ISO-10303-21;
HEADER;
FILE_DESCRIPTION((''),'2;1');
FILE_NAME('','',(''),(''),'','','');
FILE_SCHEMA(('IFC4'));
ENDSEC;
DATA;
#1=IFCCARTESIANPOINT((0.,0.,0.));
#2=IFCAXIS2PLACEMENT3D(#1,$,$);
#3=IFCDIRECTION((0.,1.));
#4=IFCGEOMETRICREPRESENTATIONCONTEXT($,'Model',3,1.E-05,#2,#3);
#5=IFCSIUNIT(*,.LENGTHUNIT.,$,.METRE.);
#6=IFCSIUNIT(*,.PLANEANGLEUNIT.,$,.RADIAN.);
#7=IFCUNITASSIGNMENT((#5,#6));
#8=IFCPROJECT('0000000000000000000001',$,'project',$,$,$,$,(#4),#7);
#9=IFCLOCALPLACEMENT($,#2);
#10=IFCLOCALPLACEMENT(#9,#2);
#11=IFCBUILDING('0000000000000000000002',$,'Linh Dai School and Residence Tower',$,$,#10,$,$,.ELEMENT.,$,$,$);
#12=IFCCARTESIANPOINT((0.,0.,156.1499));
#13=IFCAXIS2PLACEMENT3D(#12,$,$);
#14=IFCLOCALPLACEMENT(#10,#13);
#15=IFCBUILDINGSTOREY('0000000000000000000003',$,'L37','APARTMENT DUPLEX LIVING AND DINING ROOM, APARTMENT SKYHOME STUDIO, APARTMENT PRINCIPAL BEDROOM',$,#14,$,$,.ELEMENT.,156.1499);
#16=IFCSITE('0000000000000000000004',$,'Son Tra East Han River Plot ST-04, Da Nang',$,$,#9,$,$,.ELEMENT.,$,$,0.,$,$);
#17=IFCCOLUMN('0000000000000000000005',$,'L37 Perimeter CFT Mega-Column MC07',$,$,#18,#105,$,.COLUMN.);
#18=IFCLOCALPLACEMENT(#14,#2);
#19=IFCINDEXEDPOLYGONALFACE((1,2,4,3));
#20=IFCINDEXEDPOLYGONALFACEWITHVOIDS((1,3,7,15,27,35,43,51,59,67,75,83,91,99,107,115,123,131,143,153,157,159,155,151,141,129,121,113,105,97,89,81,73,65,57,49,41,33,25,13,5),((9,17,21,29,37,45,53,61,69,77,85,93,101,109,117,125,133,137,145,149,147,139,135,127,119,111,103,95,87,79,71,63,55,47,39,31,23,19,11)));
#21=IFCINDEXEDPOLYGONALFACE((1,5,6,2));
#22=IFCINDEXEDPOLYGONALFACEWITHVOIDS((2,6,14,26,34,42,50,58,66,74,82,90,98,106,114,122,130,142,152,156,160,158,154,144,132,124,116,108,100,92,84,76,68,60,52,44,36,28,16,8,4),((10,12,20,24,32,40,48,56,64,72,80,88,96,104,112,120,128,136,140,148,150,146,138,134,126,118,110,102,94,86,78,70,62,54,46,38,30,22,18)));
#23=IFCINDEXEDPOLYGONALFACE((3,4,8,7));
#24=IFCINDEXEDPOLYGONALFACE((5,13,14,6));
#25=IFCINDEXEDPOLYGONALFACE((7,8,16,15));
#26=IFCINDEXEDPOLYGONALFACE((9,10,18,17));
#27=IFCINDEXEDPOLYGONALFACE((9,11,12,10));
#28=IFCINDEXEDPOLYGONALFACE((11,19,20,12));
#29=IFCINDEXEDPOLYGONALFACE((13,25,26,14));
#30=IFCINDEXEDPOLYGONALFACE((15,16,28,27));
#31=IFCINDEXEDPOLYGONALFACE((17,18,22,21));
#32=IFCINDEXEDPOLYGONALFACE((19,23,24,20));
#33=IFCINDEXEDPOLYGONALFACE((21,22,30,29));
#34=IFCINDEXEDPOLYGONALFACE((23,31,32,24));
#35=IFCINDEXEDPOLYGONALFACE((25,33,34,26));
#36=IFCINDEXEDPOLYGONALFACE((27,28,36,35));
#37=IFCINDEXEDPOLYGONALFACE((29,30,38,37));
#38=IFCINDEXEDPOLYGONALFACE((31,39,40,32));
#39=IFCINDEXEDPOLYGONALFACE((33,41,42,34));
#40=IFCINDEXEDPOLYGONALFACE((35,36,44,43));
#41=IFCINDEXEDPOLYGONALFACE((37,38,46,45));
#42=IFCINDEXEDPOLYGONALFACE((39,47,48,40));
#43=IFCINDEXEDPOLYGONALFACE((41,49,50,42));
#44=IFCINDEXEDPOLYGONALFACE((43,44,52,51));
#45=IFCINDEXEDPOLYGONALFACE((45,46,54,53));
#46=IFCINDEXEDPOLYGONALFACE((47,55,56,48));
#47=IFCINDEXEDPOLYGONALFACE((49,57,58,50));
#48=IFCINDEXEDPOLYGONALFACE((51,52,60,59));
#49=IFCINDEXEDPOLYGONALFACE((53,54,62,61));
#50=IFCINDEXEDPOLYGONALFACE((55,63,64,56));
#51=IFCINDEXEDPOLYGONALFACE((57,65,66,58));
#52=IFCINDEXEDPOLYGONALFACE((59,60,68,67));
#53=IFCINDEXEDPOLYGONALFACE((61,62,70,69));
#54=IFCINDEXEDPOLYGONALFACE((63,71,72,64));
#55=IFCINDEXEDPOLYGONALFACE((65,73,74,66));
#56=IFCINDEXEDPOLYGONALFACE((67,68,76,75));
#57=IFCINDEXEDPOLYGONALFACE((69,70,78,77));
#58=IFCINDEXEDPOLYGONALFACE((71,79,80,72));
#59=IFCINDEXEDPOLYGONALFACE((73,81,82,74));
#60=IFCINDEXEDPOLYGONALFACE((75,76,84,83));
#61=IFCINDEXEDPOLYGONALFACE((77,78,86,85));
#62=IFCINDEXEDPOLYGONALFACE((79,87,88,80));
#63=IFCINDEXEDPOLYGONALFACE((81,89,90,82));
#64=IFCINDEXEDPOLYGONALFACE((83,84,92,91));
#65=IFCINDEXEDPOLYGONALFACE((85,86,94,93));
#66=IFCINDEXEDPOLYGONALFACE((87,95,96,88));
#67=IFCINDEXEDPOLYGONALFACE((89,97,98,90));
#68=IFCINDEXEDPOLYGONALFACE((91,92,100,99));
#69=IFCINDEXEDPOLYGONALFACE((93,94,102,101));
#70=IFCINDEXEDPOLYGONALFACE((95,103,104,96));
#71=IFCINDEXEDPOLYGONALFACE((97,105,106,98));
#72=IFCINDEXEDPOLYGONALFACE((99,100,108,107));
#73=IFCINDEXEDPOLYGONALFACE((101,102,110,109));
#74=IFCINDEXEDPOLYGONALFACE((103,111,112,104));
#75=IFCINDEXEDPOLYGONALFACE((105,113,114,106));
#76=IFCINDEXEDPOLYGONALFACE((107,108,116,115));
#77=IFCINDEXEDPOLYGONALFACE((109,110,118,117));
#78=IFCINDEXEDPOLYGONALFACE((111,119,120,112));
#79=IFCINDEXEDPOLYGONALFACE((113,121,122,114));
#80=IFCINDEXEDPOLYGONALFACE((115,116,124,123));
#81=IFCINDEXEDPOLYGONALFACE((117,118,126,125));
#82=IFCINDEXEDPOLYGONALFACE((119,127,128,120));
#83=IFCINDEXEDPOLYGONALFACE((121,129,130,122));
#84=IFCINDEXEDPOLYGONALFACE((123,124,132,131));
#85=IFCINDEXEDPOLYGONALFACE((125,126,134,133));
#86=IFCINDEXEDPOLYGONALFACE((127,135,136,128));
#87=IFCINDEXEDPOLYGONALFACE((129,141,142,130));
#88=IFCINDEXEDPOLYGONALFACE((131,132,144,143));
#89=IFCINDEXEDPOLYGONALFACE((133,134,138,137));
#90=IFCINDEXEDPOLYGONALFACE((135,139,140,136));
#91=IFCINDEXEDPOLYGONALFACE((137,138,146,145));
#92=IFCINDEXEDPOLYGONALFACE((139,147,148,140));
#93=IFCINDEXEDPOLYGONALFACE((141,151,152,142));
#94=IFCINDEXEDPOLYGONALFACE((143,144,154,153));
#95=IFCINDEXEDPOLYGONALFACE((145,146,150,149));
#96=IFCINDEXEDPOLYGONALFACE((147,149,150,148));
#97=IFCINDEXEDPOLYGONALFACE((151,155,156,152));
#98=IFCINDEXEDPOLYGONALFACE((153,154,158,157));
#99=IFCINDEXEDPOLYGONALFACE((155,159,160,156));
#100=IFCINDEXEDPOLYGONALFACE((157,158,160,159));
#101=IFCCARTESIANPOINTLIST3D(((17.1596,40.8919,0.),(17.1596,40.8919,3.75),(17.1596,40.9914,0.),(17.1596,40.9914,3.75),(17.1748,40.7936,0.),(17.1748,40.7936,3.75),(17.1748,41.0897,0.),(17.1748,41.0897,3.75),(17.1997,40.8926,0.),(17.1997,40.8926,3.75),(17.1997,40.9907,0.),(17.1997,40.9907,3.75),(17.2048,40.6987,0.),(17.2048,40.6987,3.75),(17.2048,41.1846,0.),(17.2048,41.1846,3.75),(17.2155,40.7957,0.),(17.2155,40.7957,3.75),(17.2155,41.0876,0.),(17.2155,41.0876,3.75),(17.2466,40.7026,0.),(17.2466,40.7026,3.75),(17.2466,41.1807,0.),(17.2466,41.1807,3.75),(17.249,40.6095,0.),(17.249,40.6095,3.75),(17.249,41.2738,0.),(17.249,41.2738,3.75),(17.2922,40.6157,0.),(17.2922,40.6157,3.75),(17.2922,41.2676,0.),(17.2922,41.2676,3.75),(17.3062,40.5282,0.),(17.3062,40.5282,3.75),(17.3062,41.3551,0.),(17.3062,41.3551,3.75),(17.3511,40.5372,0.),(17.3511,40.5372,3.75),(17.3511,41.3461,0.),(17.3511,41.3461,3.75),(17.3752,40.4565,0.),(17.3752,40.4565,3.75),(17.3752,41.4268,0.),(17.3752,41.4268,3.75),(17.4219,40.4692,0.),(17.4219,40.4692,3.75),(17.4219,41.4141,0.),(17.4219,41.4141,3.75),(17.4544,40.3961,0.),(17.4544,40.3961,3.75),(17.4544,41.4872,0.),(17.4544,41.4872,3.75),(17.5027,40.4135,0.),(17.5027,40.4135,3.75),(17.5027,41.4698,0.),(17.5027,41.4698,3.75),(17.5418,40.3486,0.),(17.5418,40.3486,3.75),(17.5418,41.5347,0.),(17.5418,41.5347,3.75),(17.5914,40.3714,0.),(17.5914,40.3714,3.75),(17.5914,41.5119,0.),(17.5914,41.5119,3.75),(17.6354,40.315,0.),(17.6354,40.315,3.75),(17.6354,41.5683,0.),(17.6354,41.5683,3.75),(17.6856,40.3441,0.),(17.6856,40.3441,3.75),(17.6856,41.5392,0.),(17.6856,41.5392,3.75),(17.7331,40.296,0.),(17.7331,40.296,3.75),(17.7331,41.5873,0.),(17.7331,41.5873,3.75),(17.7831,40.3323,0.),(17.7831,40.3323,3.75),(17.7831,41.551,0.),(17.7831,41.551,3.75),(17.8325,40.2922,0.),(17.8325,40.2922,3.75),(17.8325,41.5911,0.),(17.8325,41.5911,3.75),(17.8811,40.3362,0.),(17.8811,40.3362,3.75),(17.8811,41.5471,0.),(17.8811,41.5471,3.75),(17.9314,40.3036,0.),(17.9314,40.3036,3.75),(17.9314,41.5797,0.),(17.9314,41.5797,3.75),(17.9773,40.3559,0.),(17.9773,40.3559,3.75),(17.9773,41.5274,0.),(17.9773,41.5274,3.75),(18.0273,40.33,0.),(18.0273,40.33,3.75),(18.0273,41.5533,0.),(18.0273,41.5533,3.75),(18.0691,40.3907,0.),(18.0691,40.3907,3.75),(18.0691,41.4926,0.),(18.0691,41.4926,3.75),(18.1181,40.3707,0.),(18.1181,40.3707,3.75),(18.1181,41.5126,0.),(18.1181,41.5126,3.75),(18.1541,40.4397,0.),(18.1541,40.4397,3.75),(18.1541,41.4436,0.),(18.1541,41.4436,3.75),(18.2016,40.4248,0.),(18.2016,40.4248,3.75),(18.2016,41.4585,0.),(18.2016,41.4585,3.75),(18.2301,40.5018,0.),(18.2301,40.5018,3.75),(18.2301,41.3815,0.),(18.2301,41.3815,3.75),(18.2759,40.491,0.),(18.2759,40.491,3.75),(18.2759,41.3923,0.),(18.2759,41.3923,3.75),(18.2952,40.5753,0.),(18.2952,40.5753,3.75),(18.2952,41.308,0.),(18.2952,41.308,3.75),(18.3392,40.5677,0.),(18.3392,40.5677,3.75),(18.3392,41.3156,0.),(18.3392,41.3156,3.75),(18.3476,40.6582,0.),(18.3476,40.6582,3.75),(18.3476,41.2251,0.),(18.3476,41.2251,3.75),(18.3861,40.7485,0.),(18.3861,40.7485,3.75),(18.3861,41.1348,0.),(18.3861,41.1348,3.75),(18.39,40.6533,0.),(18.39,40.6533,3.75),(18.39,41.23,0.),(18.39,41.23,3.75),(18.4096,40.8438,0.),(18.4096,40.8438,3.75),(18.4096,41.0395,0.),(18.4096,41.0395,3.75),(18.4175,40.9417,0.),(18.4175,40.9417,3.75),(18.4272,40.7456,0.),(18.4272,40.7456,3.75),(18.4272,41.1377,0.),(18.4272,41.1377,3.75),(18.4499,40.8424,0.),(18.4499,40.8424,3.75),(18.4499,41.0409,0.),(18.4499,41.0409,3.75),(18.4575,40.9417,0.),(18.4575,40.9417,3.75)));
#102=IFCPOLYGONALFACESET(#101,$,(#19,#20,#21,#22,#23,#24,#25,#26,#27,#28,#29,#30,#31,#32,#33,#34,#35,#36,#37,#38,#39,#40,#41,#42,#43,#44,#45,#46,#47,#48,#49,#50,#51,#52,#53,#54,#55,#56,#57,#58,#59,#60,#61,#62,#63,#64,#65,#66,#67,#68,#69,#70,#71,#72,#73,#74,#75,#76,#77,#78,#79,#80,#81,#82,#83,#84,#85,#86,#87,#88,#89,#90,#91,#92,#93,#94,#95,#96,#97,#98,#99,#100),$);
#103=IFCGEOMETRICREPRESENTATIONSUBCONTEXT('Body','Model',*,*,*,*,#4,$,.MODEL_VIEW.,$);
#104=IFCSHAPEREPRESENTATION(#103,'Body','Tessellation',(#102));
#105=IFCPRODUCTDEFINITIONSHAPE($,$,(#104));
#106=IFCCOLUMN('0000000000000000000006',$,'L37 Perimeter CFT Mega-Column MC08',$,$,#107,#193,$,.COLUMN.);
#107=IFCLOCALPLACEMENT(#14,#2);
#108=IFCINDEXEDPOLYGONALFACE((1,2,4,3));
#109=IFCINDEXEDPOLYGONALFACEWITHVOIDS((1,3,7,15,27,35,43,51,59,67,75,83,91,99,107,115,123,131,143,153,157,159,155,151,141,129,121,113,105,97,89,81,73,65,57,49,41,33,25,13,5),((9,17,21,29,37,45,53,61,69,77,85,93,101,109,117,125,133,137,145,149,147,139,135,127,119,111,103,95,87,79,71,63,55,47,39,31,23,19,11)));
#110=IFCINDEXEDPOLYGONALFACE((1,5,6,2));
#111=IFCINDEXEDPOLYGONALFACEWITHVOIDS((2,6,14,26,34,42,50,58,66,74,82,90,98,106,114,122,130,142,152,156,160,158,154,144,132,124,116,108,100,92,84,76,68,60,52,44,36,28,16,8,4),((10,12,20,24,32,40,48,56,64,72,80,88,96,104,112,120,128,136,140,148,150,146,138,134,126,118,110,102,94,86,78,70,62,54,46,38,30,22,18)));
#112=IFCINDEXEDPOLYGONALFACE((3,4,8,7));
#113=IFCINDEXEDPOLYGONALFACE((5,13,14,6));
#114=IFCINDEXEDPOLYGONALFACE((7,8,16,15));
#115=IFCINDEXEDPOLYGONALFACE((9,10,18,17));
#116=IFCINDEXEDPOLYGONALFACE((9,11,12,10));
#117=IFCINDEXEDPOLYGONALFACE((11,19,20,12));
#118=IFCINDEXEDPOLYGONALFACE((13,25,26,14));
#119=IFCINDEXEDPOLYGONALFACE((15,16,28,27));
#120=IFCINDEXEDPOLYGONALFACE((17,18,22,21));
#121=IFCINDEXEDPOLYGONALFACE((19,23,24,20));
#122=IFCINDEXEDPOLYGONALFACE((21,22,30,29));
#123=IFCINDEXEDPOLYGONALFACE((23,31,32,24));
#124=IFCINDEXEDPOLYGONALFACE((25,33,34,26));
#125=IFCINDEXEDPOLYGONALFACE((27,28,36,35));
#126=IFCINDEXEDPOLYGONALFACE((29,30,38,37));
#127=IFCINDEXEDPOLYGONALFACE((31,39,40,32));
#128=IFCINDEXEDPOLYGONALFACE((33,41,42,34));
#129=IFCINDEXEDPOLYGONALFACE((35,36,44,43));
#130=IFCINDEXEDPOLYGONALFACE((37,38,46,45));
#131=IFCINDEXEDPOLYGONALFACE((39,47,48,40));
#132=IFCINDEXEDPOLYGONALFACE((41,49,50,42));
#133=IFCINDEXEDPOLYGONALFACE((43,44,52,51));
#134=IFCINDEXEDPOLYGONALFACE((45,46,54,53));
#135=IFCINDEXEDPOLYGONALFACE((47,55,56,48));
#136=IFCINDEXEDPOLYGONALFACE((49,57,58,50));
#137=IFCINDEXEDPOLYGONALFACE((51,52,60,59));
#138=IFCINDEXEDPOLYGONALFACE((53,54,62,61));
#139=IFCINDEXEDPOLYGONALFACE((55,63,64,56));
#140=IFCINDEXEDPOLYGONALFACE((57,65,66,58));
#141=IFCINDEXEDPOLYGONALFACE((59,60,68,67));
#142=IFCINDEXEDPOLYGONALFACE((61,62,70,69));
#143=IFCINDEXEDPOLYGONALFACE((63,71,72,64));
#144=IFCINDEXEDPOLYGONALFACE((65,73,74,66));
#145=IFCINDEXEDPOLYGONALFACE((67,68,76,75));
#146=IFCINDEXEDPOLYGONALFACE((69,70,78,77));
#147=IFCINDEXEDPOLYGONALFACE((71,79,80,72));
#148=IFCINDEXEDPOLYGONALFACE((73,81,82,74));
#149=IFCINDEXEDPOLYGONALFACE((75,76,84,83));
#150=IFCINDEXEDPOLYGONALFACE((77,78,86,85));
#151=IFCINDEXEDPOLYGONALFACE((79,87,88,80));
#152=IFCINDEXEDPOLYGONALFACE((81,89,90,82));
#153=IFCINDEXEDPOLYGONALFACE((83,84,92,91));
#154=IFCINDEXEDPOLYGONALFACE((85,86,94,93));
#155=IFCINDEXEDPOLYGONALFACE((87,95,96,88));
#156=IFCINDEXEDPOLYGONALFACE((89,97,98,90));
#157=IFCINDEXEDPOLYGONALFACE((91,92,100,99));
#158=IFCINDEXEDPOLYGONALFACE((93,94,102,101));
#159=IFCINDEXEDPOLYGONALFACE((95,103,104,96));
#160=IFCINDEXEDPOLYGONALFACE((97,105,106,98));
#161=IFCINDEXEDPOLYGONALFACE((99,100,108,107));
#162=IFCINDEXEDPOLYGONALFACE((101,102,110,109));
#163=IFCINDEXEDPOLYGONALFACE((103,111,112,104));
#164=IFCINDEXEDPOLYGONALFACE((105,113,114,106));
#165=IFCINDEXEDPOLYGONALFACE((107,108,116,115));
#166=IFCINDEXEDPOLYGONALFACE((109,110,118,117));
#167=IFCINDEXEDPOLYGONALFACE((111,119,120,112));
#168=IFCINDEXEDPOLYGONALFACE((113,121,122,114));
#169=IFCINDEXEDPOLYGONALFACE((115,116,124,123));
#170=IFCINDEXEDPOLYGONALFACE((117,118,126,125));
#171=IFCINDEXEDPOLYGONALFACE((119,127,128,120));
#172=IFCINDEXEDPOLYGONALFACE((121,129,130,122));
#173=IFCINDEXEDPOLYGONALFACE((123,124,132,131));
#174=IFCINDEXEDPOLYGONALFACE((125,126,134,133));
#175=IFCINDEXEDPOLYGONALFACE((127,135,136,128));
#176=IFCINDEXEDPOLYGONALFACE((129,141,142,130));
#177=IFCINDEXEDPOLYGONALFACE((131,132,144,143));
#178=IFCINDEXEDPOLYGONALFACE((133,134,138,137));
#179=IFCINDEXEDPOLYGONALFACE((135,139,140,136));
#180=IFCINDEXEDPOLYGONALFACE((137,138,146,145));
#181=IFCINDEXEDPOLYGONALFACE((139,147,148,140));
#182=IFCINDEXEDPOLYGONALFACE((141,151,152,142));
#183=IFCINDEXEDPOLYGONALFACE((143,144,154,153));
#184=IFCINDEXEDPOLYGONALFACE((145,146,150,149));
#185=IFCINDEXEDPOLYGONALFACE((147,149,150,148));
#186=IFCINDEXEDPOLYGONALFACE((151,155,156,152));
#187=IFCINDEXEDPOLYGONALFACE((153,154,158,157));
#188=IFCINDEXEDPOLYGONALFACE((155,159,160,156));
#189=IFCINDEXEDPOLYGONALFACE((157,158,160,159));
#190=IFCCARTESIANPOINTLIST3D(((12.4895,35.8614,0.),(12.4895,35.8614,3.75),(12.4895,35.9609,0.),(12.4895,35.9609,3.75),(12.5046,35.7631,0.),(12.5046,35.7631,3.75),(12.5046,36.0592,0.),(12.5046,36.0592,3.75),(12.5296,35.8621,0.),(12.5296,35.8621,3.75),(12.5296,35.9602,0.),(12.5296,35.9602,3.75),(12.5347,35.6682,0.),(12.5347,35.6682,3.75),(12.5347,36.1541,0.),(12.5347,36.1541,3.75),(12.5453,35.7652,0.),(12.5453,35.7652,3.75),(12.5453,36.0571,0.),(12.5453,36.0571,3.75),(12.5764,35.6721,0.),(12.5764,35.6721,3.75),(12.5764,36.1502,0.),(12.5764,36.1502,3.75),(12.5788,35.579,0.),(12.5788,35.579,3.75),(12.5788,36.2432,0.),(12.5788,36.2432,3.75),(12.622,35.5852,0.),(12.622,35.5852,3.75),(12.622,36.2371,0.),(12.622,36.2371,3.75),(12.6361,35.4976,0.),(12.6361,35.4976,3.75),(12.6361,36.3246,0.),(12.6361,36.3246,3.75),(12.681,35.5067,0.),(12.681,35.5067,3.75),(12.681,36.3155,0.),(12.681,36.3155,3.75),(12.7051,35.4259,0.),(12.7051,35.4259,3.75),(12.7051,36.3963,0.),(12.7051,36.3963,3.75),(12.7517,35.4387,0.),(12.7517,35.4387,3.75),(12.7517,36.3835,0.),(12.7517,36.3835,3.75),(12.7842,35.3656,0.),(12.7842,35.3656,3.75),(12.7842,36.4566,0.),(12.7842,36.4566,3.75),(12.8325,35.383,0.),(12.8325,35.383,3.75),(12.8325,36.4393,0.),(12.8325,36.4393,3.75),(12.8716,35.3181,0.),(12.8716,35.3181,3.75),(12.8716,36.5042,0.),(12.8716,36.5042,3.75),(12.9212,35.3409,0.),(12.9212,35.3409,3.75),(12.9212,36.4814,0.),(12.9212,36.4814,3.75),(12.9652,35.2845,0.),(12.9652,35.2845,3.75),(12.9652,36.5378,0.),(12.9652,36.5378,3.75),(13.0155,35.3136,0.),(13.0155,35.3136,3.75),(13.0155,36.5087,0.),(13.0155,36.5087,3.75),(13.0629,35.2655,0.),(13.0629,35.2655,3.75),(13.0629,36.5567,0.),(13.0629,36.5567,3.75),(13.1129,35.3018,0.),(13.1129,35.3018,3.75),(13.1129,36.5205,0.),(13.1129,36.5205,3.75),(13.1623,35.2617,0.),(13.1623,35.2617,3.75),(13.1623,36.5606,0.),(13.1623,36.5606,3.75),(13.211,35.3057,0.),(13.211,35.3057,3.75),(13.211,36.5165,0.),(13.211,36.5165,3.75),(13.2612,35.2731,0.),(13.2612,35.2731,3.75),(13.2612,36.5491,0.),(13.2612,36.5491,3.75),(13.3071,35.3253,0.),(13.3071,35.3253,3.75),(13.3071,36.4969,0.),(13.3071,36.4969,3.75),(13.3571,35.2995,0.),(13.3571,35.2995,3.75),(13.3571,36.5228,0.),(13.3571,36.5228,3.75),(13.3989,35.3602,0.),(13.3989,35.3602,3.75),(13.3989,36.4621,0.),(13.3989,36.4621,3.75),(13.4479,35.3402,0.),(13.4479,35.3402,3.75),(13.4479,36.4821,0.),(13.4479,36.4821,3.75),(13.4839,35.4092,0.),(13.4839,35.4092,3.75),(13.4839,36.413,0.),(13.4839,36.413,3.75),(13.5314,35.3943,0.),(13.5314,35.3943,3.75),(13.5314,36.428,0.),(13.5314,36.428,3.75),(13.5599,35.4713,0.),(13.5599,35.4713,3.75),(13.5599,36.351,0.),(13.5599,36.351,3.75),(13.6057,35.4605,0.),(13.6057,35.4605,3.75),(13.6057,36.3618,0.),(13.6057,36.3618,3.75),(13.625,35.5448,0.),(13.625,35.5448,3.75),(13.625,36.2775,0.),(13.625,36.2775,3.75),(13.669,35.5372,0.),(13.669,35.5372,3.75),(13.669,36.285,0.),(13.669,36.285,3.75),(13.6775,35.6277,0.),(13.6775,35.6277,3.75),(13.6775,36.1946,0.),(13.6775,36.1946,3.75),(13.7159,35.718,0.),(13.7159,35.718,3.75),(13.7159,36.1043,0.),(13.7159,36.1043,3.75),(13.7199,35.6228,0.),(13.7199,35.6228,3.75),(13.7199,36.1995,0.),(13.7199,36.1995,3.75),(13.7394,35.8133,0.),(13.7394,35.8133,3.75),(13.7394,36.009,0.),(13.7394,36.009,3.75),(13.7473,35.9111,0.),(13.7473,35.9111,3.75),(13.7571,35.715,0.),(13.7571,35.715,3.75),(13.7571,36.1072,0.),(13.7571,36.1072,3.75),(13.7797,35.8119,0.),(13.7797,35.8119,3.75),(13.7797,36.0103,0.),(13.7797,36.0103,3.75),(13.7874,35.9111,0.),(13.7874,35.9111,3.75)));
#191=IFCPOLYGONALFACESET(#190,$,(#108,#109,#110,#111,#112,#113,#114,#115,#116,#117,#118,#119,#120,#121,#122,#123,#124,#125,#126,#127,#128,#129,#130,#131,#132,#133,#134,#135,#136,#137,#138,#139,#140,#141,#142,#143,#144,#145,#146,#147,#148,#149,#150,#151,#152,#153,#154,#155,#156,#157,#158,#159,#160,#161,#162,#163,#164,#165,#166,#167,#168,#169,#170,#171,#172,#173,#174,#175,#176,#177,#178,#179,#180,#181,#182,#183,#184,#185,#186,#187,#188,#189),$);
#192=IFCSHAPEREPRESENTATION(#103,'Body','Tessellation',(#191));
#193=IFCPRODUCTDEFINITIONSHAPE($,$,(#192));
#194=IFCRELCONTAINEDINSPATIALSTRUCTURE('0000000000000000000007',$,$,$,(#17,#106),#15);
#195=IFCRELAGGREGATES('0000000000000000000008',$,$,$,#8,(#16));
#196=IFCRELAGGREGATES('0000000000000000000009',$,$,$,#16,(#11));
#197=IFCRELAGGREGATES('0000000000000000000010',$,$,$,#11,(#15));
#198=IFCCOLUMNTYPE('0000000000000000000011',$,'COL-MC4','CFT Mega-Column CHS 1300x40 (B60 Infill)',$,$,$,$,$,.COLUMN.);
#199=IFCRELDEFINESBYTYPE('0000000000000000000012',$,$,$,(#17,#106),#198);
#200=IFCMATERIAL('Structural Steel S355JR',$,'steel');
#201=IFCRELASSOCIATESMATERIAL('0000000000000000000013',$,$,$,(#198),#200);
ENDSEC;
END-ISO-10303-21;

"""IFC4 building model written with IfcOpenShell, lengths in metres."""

from ifc_helpers import new_model, si_unit, direction, frame, origin, origin_2d, place, context, subcontext, project, spatial, hollow_circle, extrude, material, material_profile, profile_set, type_object, element, save


model = new_model("IFC4")

# Units and contexts
model_context = context("Model", 3, precision=1e-05, world=origin(), true_north=direction((0.0, 1.0)))
body_context = subcontext(model_context, "Body", "Model", "MODEL_VIEW")
ifc_project = project(units=[si_unit("LENGTHUNIT", "METRE"), si_unit("PLANEANGLEUNIT", "RADIAN")], contexts=[model_context])

# Site, building, storey
site_placement = place(None, origin())
site = spatial("IfcSite", under=ifc_project, at=site_placement, Name="Son Tra East Han River Plot ST-04, Da Nang", CompositionType="ELEMENT", RefElevation=0.0)
building_placement = place(site_placement, origin())
building = spatial("IfcBuilding", under=site, at=building_placement, Name="Linh Dai School and Residence Tower", CompositionType="ELEMENT")
storey_placement = place(building_placement, frame((0.0, 0.0, 156.1499)))
storey = spatial("IfcBuildingStorey", under=building, at=storey_placement, Name="L37", Description="APARTMENT DUPLEX LIVING AND DINING ROOM, APARTMENT SKYHOME STUDIO, APARTMENT PRINCIPAL BEDROOM", CompositionType="ELEMENT", Elevation=156.1499)

# Columns
ifc_material_1 = material(Name="Structural Steel S355JR", Category="steel")
ifc_material_profile_1 = material_profile(ifc_material_1, hollow_circle(Radius=0.6499, WallThickness=0.04, at=origin_2d()), Name="CHS 1300x40")
ifc_profile_set_1 = profile_set([ifc_material_profile_1], Name="Structural Steel S355JR")
column_type = type_object("IfcColumnType", Name="COL-MC4", Description="CFT Mega-Column CHS 1300x40 (B60 Infill)", PredefinedType="COLUMN", material=ifc_profile_set_1)
for number, where, z_axis, x_axis, name in (
    (1, (17.8076, 40.9417, 0.0), (0.0, 0.0, 1.0), (1.0, 0.0, 0.0), "L37 Perimeter CFT Mega-Column MC07"),
    (2, (13.1375, 35.9111, 0.0), (0.0, 0.0, 1.0), (1.0, 0.0, 0.0), "L37 Perimeter CFT Mega-Column MC08"),
):
    element("IfcColumn", number, at=place(storey_placement, frame(where, z_axis=z_axis, x_axis=x_axis)), inside=storey, type_object=column_type, Name=name, PredefinedType="COLUMN", context=body_context, shape_type="SweptSolid", body=[
        extrude(hollow_circle(Radius=0.6499, WallThickness=0.04, at=origin_2d()), origin(), (0.0, 0.0, 1.0), 3.75),
    ])

save(model, "model.ifc")
